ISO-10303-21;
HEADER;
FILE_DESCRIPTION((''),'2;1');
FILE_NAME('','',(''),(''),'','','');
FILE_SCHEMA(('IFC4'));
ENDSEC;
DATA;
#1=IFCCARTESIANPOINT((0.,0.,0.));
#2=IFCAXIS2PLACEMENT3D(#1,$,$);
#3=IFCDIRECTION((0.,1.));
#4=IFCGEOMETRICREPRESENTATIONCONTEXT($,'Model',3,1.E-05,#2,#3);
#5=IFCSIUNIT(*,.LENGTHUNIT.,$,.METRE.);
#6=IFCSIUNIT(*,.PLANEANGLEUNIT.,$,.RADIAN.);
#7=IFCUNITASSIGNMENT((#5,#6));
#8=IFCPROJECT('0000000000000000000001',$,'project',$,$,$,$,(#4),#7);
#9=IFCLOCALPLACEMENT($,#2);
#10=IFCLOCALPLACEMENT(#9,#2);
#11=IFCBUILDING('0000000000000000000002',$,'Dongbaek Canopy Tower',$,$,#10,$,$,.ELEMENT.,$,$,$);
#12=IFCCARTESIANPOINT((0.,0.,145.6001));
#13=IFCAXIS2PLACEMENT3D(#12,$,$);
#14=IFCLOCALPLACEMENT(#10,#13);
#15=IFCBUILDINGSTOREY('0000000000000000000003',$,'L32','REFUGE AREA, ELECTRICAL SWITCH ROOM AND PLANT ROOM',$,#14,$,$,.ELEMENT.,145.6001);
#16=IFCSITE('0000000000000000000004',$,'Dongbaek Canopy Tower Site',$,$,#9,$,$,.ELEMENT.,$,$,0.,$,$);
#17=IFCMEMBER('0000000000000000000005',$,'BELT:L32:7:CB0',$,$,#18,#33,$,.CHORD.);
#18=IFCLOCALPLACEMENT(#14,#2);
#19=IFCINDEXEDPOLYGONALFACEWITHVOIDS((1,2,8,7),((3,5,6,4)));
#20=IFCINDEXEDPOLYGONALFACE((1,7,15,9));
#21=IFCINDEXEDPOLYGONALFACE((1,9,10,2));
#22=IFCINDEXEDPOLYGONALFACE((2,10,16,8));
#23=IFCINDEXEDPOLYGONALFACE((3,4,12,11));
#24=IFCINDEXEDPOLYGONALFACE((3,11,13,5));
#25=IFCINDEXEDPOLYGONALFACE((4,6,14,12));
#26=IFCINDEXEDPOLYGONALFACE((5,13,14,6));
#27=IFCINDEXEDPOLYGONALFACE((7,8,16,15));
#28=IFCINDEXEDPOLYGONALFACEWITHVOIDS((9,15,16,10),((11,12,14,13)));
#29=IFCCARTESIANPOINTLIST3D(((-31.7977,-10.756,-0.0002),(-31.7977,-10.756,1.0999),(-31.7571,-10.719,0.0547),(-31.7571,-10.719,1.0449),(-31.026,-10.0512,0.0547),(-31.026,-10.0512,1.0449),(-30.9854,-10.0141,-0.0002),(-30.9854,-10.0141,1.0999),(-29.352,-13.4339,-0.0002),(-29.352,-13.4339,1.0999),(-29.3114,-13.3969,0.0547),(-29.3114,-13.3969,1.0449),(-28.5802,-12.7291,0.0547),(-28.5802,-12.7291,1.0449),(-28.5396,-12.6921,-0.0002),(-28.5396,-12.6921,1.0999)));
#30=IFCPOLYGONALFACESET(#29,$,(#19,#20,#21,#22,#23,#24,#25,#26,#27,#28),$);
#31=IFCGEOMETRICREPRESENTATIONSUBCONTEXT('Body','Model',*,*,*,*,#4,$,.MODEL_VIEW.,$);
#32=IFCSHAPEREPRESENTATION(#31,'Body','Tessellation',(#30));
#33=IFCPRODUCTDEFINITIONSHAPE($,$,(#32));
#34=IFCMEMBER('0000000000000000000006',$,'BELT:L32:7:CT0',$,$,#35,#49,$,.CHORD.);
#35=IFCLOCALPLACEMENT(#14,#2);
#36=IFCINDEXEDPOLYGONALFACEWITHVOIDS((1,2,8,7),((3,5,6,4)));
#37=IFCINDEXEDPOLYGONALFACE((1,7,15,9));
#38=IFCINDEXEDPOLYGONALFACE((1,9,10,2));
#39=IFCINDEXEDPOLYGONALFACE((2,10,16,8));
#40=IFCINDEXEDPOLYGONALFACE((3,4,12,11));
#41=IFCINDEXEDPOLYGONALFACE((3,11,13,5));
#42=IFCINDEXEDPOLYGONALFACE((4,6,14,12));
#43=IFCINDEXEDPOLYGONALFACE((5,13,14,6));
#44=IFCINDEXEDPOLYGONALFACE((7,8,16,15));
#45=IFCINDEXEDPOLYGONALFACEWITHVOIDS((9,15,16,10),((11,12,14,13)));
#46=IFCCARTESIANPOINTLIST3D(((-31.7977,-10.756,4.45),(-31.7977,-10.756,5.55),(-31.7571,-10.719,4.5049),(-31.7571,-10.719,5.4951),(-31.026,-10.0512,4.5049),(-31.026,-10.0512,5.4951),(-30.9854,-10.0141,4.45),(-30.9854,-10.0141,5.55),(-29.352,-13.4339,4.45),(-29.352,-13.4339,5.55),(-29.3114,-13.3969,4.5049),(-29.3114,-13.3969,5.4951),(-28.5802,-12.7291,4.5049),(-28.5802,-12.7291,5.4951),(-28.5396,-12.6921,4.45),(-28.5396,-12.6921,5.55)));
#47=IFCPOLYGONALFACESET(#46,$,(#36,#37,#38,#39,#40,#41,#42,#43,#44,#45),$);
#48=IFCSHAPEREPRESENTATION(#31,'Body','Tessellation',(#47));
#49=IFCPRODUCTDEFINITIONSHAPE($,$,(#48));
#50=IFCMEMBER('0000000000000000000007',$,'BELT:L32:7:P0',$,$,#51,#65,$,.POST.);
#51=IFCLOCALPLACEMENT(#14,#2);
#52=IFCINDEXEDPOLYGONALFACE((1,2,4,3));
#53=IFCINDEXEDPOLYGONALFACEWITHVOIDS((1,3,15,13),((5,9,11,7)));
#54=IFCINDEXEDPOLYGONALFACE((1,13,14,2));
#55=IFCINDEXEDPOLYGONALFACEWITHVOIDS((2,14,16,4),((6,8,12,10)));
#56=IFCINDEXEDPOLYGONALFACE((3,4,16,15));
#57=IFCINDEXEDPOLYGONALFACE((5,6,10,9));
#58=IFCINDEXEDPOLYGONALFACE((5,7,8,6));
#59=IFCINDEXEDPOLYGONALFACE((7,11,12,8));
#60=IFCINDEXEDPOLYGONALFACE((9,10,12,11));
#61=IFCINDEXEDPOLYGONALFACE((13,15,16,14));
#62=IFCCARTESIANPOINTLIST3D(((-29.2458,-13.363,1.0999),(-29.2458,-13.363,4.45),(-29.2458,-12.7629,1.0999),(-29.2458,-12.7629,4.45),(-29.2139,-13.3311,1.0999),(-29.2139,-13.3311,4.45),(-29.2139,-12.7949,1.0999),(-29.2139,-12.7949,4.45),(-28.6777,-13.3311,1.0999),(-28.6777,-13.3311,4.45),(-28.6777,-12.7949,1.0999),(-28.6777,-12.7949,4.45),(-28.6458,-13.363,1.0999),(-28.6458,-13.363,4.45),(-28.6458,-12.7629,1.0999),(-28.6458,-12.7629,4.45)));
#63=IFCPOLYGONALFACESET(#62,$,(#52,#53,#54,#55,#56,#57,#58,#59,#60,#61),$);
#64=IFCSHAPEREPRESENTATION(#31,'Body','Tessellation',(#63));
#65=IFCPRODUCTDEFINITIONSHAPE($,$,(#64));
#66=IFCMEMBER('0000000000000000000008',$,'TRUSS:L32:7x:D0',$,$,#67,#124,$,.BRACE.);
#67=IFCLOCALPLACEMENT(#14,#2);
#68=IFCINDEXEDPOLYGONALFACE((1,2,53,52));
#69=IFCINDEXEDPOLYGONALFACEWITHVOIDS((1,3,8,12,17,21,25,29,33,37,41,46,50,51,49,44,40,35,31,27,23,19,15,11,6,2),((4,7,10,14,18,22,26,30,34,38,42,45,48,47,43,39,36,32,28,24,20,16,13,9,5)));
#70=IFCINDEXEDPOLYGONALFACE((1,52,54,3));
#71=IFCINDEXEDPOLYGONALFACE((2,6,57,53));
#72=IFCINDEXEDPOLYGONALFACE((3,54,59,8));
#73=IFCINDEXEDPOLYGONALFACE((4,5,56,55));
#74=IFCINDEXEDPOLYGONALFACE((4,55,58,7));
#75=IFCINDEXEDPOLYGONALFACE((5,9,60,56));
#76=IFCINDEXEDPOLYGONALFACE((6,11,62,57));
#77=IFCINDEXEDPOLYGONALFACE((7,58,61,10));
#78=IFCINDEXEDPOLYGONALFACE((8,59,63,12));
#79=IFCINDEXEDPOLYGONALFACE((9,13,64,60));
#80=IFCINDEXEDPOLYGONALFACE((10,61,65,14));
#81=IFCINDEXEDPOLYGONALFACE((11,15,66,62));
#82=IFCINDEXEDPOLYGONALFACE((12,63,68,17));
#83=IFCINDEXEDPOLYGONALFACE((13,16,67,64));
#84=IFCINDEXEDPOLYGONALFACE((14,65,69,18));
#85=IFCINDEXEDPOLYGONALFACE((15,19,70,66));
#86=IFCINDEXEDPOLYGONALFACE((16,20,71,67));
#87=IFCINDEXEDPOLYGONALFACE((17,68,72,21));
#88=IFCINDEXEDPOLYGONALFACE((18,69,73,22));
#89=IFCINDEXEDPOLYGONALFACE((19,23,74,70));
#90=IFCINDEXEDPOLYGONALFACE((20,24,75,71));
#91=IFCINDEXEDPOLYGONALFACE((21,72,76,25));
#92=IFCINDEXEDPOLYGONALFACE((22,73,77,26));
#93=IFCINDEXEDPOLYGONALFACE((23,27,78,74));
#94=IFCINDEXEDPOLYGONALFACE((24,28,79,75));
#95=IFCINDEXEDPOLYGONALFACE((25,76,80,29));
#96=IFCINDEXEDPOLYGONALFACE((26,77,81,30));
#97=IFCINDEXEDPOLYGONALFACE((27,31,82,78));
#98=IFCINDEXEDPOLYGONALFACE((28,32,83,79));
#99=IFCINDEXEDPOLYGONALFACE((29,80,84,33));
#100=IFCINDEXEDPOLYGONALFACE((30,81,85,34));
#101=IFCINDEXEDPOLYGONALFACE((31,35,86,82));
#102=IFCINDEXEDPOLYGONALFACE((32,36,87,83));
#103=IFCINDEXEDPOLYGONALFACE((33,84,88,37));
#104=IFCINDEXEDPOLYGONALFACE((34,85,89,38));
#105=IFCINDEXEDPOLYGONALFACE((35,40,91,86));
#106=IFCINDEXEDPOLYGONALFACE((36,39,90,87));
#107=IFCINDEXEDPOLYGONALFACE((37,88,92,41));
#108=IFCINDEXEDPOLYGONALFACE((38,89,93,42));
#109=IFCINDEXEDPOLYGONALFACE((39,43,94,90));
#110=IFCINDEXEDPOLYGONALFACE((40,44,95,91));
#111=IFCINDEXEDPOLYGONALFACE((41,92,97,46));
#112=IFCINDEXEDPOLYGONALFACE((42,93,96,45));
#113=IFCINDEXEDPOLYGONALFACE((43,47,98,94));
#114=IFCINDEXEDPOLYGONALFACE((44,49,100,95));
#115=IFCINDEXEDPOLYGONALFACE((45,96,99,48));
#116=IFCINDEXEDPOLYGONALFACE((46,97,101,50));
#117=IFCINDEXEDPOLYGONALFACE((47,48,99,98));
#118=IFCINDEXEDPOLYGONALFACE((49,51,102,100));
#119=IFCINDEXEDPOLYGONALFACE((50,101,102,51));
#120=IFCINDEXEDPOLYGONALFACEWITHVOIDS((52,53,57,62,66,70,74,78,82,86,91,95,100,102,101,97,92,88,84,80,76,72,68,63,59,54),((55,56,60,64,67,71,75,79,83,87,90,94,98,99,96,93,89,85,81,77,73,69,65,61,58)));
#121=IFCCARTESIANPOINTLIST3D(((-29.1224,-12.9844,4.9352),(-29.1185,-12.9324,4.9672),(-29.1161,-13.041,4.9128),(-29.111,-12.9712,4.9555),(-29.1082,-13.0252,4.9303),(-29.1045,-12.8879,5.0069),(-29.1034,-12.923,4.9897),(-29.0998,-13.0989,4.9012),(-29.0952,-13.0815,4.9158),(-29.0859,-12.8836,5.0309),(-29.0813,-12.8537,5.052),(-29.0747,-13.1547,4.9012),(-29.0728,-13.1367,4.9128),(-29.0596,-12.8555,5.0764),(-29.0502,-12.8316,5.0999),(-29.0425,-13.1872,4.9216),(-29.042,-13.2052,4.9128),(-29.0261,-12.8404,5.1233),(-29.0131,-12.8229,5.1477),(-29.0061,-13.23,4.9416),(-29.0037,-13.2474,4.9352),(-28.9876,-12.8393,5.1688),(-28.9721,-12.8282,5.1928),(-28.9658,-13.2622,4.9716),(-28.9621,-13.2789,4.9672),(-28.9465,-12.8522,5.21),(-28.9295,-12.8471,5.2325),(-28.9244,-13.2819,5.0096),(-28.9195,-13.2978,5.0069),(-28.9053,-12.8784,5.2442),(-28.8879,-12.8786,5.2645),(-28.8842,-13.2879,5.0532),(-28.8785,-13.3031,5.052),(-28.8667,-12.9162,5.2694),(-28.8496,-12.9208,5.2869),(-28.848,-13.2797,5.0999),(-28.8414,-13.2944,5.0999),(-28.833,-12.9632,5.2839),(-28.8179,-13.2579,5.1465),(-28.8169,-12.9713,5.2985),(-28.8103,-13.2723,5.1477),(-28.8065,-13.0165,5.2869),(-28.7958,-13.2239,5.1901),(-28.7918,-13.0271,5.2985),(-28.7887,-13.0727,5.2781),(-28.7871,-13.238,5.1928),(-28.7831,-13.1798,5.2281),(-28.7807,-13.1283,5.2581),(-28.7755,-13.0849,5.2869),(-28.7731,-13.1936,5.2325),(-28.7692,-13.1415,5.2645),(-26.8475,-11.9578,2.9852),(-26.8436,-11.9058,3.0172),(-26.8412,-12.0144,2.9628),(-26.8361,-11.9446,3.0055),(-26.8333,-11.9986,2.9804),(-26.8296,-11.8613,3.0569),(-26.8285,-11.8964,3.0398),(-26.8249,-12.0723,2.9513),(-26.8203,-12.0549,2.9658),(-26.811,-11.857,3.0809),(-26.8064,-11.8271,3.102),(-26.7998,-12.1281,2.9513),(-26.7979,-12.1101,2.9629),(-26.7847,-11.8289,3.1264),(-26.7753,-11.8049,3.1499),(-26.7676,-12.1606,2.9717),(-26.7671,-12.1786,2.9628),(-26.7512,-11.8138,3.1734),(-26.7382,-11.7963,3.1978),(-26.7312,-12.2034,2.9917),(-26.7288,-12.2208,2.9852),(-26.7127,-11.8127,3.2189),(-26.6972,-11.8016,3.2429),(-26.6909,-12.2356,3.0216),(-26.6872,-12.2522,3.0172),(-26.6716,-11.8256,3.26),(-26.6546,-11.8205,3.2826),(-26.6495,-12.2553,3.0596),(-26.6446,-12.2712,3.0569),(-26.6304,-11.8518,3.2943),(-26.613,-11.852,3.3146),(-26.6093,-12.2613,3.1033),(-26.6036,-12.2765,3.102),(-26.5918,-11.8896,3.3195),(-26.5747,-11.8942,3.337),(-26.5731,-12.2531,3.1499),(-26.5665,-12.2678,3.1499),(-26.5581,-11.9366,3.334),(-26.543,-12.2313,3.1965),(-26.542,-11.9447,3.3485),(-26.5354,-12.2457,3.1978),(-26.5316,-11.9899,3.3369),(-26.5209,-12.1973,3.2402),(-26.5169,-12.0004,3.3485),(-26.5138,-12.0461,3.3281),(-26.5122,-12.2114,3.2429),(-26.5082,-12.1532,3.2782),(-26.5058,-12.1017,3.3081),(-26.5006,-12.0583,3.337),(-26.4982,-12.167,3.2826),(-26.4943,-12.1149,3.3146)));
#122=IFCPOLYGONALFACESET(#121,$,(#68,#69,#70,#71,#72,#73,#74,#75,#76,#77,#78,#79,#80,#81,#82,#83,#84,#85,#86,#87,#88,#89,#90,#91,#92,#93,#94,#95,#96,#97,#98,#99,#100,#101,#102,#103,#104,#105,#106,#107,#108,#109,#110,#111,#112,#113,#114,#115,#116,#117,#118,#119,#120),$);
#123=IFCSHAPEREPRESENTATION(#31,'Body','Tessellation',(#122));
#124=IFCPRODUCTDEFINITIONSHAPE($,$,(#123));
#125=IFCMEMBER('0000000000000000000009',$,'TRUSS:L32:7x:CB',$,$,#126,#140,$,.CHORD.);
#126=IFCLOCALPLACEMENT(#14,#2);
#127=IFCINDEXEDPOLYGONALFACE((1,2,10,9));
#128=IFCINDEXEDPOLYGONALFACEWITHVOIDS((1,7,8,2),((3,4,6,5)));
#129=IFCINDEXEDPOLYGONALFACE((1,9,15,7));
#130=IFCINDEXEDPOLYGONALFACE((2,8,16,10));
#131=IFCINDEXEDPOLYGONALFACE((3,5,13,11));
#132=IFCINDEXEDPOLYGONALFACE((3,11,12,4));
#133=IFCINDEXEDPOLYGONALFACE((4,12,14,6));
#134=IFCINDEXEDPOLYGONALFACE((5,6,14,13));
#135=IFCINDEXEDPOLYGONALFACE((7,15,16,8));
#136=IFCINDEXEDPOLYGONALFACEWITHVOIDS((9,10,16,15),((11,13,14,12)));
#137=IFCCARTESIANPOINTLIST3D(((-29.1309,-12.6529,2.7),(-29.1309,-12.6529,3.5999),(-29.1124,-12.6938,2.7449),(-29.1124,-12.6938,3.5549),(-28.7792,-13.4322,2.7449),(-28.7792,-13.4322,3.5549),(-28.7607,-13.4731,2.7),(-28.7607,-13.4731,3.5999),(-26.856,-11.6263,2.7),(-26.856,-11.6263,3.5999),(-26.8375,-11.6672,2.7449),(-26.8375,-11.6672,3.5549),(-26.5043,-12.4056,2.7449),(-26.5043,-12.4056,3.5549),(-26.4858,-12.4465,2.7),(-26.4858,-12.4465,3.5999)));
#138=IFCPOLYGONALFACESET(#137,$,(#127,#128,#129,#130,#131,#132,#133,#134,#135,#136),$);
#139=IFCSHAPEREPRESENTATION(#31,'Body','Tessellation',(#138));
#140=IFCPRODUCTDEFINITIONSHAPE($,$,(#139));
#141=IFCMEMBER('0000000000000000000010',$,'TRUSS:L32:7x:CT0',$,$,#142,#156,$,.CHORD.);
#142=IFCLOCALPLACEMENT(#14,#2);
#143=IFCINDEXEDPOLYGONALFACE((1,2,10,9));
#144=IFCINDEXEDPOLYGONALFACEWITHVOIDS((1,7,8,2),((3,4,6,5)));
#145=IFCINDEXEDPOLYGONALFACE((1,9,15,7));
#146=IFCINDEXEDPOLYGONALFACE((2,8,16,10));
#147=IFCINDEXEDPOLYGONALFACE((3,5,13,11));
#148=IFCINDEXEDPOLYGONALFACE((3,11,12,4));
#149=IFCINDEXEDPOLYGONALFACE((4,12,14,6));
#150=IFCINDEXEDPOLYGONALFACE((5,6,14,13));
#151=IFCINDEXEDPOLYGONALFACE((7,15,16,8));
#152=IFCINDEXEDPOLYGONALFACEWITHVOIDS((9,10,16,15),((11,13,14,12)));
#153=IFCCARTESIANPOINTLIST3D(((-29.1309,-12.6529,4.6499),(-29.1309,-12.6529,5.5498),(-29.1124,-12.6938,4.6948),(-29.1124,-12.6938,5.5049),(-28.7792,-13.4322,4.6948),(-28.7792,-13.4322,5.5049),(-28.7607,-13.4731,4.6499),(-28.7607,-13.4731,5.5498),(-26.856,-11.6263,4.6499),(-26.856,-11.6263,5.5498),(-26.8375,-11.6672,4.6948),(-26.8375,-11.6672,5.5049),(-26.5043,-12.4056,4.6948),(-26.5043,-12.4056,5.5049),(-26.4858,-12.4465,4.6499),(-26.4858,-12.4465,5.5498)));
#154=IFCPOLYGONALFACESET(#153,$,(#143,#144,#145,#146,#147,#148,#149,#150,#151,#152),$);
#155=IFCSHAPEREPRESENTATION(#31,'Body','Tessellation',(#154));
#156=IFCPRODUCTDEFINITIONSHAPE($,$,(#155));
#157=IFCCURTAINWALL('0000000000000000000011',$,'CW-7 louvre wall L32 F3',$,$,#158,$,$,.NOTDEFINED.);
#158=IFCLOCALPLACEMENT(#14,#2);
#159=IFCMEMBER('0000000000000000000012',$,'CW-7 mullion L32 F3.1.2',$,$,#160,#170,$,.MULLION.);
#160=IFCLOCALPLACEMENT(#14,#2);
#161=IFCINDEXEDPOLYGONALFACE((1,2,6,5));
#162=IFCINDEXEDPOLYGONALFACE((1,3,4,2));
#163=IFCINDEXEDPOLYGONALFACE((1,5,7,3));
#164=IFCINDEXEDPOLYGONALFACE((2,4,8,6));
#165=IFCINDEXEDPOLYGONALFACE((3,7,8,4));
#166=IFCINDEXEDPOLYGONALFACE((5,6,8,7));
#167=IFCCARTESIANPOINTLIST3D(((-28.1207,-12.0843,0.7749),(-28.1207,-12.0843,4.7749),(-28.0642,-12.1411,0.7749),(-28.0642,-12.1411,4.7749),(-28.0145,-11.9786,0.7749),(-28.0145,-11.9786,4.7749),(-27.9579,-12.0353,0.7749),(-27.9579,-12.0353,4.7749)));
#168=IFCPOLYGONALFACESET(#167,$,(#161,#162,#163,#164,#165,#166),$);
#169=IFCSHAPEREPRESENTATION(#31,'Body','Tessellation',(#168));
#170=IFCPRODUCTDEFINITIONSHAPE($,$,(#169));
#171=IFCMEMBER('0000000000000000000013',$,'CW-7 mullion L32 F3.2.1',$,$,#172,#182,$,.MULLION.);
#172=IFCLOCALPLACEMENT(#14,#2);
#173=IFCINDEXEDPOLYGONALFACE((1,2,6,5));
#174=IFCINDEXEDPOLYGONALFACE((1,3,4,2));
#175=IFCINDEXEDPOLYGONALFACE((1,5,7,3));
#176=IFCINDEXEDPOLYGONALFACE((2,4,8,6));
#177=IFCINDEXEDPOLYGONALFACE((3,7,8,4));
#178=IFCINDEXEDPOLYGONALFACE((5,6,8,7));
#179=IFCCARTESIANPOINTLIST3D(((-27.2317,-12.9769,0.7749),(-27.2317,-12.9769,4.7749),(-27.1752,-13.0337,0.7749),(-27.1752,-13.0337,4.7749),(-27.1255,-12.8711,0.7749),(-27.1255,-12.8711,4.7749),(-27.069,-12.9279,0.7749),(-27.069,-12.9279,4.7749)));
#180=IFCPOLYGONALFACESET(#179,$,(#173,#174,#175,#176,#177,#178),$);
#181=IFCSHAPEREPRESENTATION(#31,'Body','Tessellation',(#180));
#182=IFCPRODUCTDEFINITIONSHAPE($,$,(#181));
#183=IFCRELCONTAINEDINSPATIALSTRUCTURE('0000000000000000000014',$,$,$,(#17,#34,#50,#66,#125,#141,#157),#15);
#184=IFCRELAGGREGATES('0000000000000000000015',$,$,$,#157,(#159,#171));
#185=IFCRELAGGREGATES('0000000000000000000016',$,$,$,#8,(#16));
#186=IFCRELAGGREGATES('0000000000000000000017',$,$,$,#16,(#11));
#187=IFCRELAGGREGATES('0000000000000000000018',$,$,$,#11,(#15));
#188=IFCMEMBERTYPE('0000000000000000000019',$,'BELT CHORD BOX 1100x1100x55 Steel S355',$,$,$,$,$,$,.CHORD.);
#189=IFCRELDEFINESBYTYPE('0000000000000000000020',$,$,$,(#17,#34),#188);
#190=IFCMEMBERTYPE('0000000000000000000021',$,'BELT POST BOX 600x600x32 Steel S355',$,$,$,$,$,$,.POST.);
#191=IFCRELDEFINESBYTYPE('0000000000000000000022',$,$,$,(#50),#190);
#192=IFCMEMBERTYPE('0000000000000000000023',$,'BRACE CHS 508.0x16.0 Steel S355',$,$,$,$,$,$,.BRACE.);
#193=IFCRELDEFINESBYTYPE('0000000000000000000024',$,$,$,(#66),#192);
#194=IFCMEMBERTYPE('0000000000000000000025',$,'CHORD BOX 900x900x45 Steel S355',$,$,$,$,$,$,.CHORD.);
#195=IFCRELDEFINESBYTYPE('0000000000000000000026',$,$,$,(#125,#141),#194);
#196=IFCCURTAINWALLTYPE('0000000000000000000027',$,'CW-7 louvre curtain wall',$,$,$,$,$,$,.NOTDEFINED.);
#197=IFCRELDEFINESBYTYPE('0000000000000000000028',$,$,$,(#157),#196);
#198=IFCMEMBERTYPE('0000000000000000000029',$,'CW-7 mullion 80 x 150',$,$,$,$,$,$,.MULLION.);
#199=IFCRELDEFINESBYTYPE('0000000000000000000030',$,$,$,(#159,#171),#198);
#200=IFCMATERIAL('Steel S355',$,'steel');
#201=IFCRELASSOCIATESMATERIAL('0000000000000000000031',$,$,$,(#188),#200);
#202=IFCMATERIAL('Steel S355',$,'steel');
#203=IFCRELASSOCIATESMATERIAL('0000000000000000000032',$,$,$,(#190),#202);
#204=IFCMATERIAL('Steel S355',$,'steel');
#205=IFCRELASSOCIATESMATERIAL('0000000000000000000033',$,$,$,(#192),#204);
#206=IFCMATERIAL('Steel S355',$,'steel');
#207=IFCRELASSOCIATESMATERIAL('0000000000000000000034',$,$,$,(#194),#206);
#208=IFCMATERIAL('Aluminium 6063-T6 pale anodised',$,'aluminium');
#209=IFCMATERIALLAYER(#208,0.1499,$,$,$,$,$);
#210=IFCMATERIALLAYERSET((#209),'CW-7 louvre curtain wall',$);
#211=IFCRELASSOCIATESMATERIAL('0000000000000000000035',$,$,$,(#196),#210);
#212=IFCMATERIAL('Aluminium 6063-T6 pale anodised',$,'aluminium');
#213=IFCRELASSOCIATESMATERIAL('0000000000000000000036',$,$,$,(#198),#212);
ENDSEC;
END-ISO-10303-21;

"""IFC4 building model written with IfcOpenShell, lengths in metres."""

from ifc_helpers import new_model, si_unit, direction, frame, origin, origin_2d, place, context, subcontext, project, spatial, rectangle, hollow_rectangle, hollow_circle, extrude, material, layer, layer_set, material_profile, profile_set, type_object, element, aggregate, save


model = new_model("IFC4")

# Units and contexts
model_context = context("Model", 3, precision=1e-05, world=origin(), true_north=direction((0.0, 1.0)))
body_context = subcontext(model_context, "Body", "Model", "MODEL_VIEW")
ifc_project = project(units=[si_unit("LENGTHUNIT", "METRE"), si_unit("PLANEANGLEUNIT", "RADIAN")], contexts=[model_context])

# Site, building, storey
site_placement = place(None, origin())
site = spatial("IfcSite", under=ifc_project, at=site_placement, Name="Dongbaek Canopy Tower Site", CompositionType="ELEMENT", RefElevation=0.0)
building_placement = place(site_placement, origin())
building = spatial("IfcBuilding", under=site, at=building_placement, Name="Dongbaek Canopy Tower", CompositionType="ELEMENT")
storey_placement = place(building_placement, frame((0.0, 0.0, 145.6001)))
storey = spatial("IfcBuildingStorey", under=building, at=storey_placement, Name="L32", Description="REFUGE AREA, ELECTRICAL SWITCH ROOM AND PLANT ROOM", CompositionType="ELEMENT", Elevation=145.6001)

# Members
ifc_material_1 = material(Name="Steel S355", Category="steel")
ifc_material_profile_1 = material_profile(ifc_material_1, hollow_rectangle(XDim=1.1001, YDim=1.1001, WallThickness=0.0549, at=origin_2d()), Name="BELT CHORD BOX 1100x1100x55 Steel S355")
ifc_profile_set_1 = profile_set([ifc_material_profile_1], Name="Steel S355")
member_type_1 = type_object("IfcMemberType", Name="BELT CHORD BOX 1100x1100x55 Steel S355", PredefinedType="CHORD", material=ifc_profile_set_1)
for number, where, z_axis, x_axis, name in (
    (1, (-28.9458, -13.063, 0.5498), (-0.674373, 0.738391, 0.0), (-0.738391, -0.674373, 0.0), "BELT:L32:7:CB0"),
    (2, (-28.9458, -13.063, 5.0), (-0.674373, 0.738391, 0.0), (-0.738391, -0.674373, 0.0), "BELT:L32:7:CT0"),
):
    element("IfcMember", number, at=place(storey_placement, frame(where, z_axis=z_axis, x_axis=x_axis)), inside=storey, type_object=member_type_1, Name=name, PredefinedType="CHORD", context=body_context, shape_type="SweptSolid", body=[
        extrude(hollow_rectangle(XDim=1.1001, YDim=1.1001, WallThickness=0.0549, at=origin_2d()), origin(), (0.0, 0.0, 1.0), 3.6267),
    ])
ifc_material_2 = material(Name="Steel S355", Category="steel")
ifc_material_profile_2 = material_profile(ifc_material_2, hollow_rectangle(XDim=0.6001, YDim=0.6001, WallThickness=0.032, at=origin_2d()), Name="BELT POST BOX 600x600x32 Steel S355")
ifc_profile_set_2 = profile_set([ifc_material_profile_2], Name="Steel S355")
member_type_2 = type_object("IfcMemberType", Name="BELT POST BOX 600x600x32 Steel S355", PredefinedType="POST", material=ifc_profile_set_2)
member_1_placement = place(storey_placement, frame((-28.9458, -13.063, 1.0999), z_axis=(0.0, 0.0, 1.0), x_axis=(1.0, 0.0, 0.0)))
element("IfcMember", 3, at=member_1_placement, inside=storey, type_object=member_type_2, Name="BELT:L32:7:P0", PredefinedType="POST", context=body_context, shape_type="SweptSolid", body=[
    extrude(hollow_rectangle(XDim=0.6001, YDim=0.6001, WallThickness=0.032, at=origin_2d()), origin(), (0.0, 0.0, 1.0), 3.3501),
])
ifc_material_3 = material(Name="Steel S355", Category="steel")
ifc_material_profile_3 = material_profile(ifc_material_3, hollow_circle(Radius=0.2539, WallThickness=0.0161, at=origin_2d()), Name="BRACE CHS 508.0x16.0 Steel S355")
ifc_profile_set_3 = profile_set([ifc_material_profile_3], Name="Steel S355")
member_type_3 = type_object("IfcMemberType", Name="BRACE CHS 508.0x16.0 Steel S355", PredefinedType="BRACE", material=ifc_profile_set_3)
member_2_placement = place(storey_placement, frame((-26.6709, -12.0364, 3.1499), z_axis=(-0.71826, -0.324134, 0.615662), x_axis=(0.411332, -0.911485, 0.0)))
element("IfcMember", 4, at=member_2_placement, inside=storey, type_object=member_type_3, Name="TRUSS:L32:7x:D0", PredefinedType="BRACE", context=body_context, shape_type="SweptSolid", body=[
    extrude(hollow_circle(Radius=0.2539, WallThickness=0.0161, at=origin_2d()), origin(), (0.0, 0.0, 1.0), 3.1672),
])
ifc_material_4 = material(Name="Steel S355", Category="steel")
ifc_material_profile_4 = material_profile(ifc_material_4, hollow_rectangle(XDim=0.8999, YDim=0.8999, WallThickness=0.0449, at=origin_2d()), Name="CHORD BOX 900x900x45 Steel S355")
ifc_profile_set_4 = profile_set([ifc_material_profile_4], Name="Steel S355")
member_type_4 = type_object("IfcMemberType", Name="CHORD BOX 900x900x45 Steel S355", PredefinedType="CHORD", material=ifc_profile_set_4)
for number, where, z_axis, x_axis, name in (
    (5, (-26.6709, -12.0364, 3.1499), (-0.911485, -0.411332, 0.0), (0.411332, -0.911485, 0.0), "TRUSS:L32:7x:CB"),
    (6, (-26.6709, -12.0364, 5.0999), (-0.911485, -0.411332, 0.0), (0.411332, -0.911485, 0.0), "TRUSS:L32:7x:CT0"),
):
    element("IfcMember", number, at=place(storey_placement, frame(where, z_axis=z_axis, x_axis=x_axis)), inside=storey, type_object=member_type_4, Name=name, PredefinedType="CHORD", context=body_context, shape_type="SweptSolid", body=[
        extrude(hollow_rectangle(XDim=0.8999, YDim=0.8999, WallThickness=0.0449, at=origin_2d()), origin(), (0.0, 0.0, 1.0), 2.4958),
    ])

# Curtain wall, members
ifc_material_5 = material(Name="Aluminium 6063-T6 pale anodised", Category="aluminium")
ifc_layer_1 = layer(ifc_material_5, 0.1499)
ifc_layer_set_1 = layer_set([ifc_layer_1], Name="CW-7 louvre curtain wall")
curtain_wall_type = type_object("IfcCurtainWallType", Name="CW-7 louvre curtain wall", PredefinedType="NOTDEFINED", material=ifc_layer_set_1)
curtain_wall_placement = place(storey_placement, origin())
curtain_wall = element("IfcCurtainWall", 7, at=curtain_wall_placement, inside=storey, type_object=curtain_wall_type, Name="CW-7 louvre wall L32 F3", PredefinedType="NOTDEFINED")
ifc_material_6 = material(Name="Aluminium 6063-T6 pale anodised", Category="aluminium")
ifc_material_profile_5 = material_profile(ifc_material_6, rectangle(XDim=0.1499, YDim=0.0801, at=origin_2d()), Name="CW-7 mullion 80 x 150")
ifc_profile_set_5 = profile_set([ifc_material_profile_5], Name="Aluminium 6063-T6 pale anodised")
member_type_5 = type_object("IfcMemberType", Name="CW-7 mullion 80 x 150", PredefinedType="MULLION", material=ifc_profile_set_5)
member_3_placement = place(storey_placement, frame((-28.0393, -12.0598, 0.7749), z_axis=(0.0, 0.0, 1.0), x_axis=(-0.708479, -0.705732, 0.0)))
member_3 = element("IfcMember", 8, at=member_3_placement, type_object=member_type_5, Name="CW-7 mullion L32 F3.1.2", PredefinedType="MULLION", context=body_context, shape_type="SweptSolid", body=[
    extrude(rectangle(XDim=0.1499, YDim=0.0801, at=origin_2d()), origin(), (0.0, 0.0, 1.0), 4.0),
])
member_4_placement = place(storey_placement, frame((-27.1504, -12.9524, 0.7749), z_axis=(0.0, 0.0, 1.0), x_axis=(-0.708479, -0.705732, 0.0)))
member_4 = element("IfcMember", 9, at=member_4_placement, type_object=member_type_5, Name="CW-7 mullion L32 F3.2.1", PredefinedType="MULLION", context=body_context, shape_type="SweptSolid", body=[
    extrude(rectangle(XDim=0.1499, YDim=0.0801, at=origin_2d()), origin(), (0.0, 0.0, 1.0), 4.0),
])

aggregate(curtain_wall, [member_3, member_4])

save(model, "model.ifc")
